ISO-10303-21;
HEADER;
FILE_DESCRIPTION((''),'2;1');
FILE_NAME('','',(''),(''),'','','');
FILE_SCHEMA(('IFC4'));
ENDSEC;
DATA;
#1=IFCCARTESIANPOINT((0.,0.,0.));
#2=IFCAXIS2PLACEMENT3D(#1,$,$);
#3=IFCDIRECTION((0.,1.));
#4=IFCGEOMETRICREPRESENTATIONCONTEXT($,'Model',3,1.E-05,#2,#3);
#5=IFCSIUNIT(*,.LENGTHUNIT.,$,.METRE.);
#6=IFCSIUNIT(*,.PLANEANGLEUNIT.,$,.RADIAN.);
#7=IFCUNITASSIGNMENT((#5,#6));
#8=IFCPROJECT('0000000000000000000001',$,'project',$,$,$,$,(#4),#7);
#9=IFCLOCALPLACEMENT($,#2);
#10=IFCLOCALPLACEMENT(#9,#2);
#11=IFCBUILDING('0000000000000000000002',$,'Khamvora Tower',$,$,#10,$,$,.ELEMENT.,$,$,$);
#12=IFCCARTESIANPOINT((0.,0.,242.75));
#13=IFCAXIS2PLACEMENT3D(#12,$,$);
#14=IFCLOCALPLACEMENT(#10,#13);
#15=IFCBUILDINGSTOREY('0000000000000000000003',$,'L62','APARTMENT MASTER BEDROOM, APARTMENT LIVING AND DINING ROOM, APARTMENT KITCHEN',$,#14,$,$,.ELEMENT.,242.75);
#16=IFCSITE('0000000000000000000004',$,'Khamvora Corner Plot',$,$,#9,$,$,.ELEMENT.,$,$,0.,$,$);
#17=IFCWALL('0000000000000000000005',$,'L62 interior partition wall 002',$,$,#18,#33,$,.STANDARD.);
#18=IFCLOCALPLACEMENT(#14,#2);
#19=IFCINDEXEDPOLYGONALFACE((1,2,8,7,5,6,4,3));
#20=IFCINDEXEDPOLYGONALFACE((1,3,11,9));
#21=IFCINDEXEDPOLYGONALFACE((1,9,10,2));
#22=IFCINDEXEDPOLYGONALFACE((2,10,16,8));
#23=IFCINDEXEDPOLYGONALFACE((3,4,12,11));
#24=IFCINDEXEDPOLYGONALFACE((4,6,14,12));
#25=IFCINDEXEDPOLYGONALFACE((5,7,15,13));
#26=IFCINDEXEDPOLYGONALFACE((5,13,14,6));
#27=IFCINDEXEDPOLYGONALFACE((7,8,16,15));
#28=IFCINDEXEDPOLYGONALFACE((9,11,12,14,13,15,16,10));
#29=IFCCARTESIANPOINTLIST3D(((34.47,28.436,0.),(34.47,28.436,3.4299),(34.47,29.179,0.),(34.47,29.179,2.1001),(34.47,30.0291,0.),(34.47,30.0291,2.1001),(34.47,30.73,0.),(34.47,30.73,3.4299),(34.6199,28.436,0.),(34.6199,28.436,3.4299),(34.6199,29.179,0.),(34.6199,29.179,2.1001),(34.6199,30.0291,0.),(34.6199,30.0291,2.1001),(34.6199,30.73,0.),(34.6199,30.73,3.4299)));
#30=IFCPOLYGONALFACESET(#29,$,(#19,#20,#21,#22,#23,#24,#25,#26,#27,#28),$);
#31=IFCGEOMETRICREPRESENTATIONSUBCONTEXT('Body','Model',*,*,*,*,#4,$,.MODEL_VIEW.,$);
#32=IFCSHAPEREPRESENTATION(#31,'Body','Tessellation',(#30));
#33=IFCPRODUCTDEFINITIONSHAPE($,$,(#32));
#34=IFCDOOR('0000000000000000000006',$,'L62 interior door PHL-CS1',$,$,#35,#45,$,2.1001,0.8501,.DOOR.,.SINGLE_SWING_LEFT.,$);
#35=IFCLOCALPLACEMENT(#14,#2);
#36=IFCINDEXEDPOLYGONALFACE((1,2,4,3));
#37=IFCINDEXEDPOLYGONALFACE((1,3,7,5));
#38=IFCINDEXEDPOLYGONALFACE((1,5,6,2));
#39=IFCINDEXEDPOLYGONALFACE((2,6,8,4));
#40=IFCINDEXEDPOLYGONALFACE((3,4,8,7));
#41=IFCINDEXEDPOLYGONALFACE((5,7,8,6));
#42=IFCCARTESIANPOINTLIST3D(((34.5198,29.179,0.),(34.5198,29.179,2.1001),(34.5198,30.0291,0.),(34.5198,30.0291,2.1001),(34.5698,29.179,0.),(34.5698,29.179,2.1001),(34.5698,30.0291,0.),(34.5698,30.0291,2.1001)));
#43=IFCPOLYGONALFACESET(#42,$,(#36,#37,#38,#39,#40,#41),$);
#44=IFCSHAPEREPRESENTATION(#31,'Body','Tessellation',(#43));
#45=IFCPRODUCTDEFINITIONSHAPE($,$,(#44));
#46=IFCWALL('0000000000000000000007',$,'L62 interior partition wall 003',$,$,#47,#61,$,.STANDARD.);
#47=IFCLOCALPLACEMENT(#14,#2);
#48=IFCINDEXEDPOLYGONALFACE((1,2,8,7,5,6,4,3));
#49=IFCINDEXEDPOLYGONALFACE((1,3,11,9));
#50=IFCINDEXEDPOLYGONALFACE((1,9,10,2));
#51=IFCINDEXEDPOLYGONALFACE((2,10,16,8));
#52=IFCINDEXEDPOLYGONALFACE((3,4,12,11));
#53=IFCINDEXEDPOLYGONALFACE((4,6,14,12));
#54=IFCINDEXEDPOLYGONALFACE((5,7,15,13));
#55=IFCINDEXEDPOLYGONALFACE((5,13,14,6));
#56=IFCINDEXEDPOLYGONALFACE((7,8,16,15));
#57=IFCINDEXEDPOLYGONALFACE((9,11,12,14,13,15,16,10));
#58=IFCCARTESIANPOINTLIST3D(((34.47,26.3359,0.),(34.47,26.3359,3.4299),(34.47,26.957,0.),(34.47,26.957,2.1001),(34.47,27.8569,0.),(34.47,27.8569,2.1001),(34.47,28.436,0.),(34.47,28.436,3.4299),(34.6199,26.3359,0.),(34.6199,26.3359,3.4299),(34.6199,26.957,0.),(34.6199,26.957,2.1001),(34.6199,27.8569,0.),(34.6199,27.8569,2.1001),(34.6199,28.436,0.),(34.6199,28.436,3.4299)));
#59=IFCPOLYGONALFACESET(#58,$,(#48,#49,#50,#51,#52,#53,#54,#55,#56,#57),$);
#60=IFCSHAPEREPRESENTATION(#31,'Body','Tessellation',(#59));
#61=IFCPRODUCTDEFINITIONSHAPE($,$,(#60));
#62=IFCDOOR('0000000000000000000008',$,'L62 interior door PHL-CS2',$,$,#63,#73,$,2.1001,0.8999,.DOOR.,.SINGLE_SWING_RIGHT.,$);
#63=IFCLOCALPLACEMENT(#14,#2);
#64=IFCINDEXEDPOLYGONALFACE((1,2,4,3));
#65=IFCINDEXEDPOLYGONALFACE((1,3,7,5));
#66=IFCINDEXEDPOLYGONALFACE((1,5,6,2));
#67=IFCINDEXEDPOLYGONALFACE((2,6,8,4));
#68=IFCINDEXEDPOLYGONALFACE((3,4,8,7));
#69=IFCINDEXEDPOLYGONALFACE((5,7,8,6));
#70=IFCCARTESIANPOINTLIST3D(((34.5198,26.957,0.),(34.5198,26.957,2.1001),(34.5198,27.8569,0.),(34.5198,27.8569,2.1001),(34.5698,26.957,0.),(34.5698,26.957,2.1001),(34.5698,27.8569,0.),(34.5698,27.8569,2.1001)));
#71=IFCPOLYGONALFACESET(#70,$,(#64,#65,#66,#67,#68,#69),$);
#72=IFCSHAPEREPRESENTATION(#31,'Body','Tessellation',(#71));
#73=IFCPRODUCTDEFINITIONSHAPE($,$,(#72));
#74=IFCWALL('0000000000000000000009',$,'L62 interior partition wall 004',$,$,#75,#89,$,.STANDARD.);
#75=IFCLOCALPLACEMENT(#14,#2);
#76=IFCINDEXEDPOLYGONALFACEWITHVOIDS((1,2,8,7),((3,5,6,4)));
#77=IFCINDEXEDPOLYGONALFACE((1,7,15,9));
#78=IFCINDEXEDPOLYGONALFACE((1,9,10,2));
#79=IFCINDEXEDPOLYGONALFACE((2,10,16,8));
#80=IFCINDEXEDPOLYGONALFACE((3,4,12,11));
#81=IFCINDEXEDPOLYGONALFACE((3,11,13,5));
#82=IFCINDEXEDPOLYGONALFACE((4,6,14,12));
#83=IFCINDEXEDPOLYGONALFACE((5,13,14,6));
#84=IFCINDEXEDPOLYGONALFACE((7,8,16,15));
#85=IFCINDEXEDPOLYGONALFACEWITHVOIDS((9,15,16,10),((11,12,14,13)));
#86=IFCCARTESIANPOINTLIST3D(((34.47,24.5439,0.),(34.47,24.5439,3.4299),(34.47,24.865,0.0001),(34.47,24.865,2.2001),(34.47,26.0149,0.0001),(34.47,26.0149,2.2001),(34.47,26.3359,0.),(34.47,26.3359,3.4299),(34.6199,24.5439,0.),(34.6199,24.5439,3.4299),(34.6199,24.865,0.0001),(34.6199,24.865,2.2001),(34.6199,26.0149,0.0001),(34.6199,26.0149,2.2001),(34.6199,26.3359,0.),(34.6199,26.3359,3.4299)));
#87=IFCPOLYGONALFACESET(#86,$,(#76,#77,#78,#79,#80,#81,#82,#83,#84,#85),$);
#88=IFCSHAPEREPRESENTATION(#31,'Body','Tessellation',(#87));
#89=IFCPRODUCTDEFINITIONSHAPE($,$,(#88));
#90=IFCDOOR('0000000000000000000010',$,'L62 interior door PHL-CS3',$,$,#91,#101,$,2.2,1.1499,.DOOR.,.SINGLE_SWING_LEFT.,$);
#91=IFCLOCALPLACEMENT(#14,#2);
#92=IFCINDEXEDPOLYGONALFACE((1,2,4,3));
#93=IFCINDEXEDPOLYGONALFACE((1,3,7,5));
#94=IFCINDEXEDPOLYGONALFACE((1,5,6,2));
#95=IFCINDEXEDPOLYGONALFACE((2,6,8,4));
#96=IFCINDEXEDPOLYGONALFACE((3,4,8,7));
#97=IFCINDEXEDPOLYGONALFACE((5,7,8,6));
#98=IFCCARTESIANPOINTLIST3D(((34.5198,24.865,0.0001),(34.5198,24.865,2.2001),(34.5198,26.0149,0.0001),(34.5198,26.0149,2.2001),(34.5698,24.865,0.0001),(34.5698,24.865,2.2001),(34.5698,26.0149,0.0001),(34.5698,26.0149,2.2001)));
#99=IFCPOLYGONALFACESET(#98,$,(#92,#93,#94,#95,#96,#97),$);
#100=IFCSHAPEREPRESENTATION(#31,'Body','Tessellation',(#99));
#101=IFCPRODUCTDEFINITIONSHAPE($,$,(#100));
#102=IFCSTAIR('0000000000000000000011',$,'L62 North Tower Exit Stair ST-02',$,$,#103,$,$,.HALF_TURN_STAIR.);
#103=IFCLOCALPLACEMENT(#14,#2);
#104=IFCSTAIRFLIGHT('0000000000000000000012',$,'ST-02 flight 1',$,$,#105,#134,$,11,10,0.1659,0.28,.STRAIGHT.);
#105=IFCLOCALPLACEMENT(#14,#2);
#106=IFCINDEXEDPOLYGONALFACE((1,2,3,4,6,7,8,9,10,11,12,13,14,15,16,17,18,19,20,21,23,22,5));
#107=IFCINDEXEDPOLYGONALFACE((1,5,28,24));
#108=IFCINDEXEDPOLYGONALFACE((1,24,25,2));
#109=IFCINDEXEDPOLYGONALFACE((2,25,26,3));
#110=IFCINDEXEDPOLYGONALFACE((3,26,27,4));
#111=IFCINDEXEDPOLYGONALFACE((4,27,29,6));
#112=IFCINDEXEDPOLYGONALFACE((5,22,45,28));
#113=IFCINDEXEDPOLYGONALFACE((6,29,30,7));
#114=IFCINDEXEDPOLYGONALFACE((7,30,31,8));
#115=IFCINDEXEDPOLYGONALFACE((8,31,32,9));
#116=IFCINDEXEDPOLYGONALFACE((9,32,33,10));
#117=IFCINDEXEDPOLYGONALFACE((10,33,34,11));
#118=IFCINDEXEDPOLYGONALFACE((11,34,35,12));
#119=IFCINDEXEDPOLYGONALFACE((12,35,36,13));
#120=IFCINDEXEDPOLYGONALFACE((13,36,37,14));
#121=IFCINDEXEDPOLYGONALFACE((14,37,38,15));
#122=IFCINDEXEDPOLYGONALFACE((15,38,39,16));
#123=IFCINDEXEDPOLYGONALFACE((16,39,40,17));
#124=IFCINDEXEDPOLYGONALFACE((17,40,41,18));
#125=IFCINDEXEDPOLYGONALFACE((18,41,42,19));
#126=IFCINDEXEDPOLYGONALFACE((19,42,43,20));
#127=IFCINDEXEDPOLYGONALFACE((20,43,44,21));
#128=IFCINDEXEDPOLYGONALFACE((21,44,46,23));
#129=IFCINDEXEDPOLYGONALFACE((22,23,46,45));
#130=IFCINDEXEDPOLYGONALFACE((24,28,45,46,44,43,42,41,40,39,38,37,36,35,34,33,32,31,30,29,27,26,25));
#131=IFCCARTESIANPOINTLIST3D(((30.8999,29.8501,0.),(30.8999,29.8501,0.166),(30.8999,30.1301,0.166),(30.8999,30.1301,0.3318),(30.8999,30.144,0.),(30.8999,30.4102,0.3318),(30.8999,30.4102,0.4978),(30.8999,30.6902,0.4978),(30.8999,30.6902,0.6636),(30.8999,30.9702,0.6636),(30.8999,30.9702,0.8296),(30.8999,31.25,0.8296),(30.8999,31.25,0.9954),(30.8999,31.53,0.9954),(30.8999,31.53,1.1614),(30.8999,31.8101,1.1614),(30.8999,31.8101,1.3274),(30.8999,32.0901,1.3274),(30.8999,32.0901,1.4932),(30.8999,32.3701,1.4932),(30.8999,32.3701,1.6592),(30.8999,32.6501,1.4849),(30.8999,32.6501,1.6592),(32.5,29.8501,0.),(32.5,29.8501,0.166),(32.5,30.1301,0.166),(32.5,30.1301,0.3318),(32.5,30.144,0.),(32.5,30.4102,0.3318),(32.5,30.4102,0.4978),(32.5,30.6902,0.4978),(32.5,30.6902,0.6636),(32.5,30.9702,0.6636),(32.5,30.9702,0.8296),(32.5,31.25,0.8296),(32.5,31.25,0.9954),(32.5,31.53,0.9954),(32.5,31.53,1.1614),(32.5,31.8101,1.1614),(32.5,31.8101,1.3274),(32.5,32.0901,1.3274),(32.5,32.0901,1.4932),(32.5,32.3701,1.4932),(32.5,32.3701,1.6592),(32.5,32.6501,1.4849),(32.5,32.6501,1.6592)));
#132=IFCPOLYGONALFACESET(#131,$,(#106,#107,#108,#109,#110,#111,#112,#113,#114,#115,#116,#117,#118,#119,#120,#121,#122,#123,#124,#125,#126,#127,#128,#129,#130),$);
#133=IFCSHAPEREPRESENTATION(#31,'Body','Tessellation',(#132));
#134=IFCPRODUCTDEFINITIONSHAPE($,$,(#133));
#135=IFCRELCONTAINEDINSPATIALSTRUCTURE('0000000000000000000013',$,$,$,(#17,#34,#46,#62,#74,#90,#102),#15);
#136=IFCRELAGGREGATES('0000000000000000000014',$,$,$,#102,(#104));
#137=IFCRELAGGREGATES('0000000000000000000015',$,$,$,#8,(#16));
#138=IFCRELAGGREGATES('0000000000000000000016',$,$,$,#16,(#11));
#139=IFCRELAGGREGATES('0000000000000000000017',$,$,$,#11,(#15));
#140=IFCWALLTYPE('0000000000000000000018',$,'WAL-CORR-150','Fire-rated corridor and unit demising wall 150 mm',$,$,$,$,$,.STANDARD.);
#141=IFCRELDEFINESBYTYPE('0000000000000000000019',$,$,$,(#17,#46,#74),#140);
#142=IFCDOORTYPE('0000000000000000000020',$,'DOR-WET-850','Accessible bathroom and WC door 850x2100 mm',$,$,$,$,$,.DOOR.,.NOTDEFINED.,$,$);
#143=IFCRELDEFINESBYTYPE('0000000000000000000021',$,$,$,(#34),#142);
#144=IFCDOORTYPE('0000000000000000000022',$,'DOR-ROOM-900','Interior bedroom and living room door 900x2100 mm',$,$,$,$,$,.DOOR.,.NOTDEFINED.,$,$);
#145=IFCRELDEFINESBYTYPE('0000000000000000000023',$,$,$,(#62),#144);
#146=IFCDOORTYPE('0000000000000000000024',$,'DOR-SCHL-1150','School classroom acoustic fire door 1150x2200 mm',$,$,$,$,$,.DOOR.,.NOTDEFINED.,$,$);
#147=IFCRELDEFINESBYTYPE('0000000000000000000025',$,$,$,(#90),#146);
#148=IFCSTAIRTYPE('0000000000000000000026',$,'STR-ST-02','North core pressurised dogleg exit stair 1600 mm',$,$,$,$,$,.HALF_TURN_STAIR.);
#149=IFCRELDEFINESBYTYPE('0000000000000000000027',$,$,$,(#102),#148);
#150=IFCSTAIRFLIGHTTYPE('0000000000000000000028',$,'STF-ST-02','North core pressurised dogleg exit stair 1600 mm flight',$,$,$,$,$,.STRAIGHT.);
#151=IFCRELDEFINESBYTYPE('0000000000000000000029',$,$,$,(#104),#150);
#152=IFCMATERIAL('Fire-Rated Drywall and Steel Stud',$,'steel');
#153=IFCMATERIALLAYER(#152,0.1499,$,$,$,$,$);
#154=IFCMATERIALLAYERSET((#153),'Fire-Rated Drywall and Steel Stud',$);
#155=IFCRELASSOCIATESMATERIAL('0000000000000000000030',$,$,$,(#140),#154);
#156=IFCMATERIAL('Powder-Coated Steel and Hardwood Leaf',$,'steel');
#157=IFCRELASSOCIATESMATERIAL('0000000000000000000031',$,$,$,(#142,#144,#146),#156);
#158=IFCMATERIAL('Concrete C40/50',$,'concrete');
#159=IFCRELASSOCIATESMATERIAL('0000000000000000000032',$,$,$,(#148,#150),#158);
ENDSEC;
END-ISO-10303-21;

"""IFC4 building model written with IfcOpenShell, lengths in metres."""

from ifc_helpers import new_model, si_unit, direction, frame, frame_2d, origin, place, context, subcontext, project, spatial, polyline, rectangle, outline, extrude, material, layer, layer_set, type_object, element, fill, aggregate, save


model = new_model("IFC4")

# Units and contexts
model_context = context("Model", 3, precision=1e-05, world=origin(), true_north=direction((0.0, 1.0)))
body_context = subcontext(model_context, "Body", "Model", "MODEL_VIEW")
ifc_project = project(units=[si_unit("LENGTHUNIT", "METRE"), si_unit("PLANEANGLEUNIT", "RADIAN")], contexts=[model_context])

# Site, building, storey
site_placement = place(None, origin())
site = spatial("IfcSite", under=ifc_project, at=site_placement, Name="Khamvora Corner Plot", CompositionType="ELEMENT", RefElevation=0.0)
building_placement = place(site_placement, origin())
building = spatial("IfcBuilding", under=site, at=building_placement, Name="Khamvora Tower", CompositionType="ELEMENT")
storey_placement = place(building_placement, frame((0.0, 0.0, 242.75)))
storey = spatial("IfcBuildingStorey", under=building, at=storey_placement, Name="L62", Description="APARTMENT MASTER BEDROOM, APARTMENT LIVING AND DINING ROOM, APARTMENT KITCHEN", CompositionType="ELEMENT", Elevation=242.75)

# Shared definitions
ifc_material_1 = material(Name="Powder-Coated Steel and Hardwood Leaf", Category="steel")

# Shared definitions
ifc_material_2 = material(Name="Fire-Rated Drywall and Steel Stud", Category="steel")
ifc_layer_1 = layer(ifc_material_2, 0.1499)
ifc_layer_set_1 = layer_set([ifc_layer_1], Name="Fire-Rated Drywall and Steel Stud")
wall_type_1 = type_object("IfcWallType", Name="WAL-CORR-150", Description="Fire-rated corridor and unit demising wall 150 mm", PredefinedType="STANDARD", material=ifc_layer_set_1)

# Walls, openings, doors
wall_1_placement = place(storey_placement, frame((34.5449, 30.73, 0.0), z_axis=(0.0, 0.0, 1.0), x_axis=(0.0, -1.0, 0.0)))
wall_1 = element("IfcWall", 1, at=wall_1_placement, inside=storey, type_object=wall_type_1, Name="L62 interior partition wall 002", PredefinedType="STANDARD", context=body_context, shape_type="SweptSolid", body=[
    extrude(rectangle(XDim=2.2939, YDim=0.1499, at=frame_2d((1.147, 0.0))), origin(), (0.0, 0.0, 1.0), 3.4299),
])
opening_1_placement = place(wall_1_placement, frame((0.7009, 0.0, 0.0)))
opening_1 = element("IfcOpeningElement", 2, at=opening_1_placement, cuts=wall_1, PredefinedType="OPENING", context=body_context, shape_type="SweptSolid", body=[
    extrude(rectangle(XDim=0.8501, YDim=2.1001, at=frame_2d((0.425, 1.05))), frame((0.0, 0.085, 0.0), z_axis=(0.0, -1.0, 0.0), x_axis=(1.0, 0.0, 0.0)), (0.0, 0.0, 1.0), 0.1699),
])
door_type_1 = type_object("IfcDoorType", Name="DOR-WET-850", Description="Accessible bathroom and WC door 850x2100 mm", OperationType="NOTDEFINED", PredefinedType="DOOR", material=ifc_material_1)
door_1_placement = place(opening_1_placement, origin())
door_1 = element("IfcDoor", 3, at=door_1_placement, inside=storey, type_object=door_type_1, Name="L62 interior door PHL-CS1", OperationType="SINGLE_SWING_LEFT", OverallHeight=2.1001, OverallWidth=0.8501, PredefinedType="DOOR", context=body_context, shape_type="SweptSolid", body=[
    extrude(rectangle(XDim=0.8501, YDim=2.1001, at=frame_2d((0.425, 1.05))), frame((0.0, 0.0249, 0.0), z_axis=(0.0, -1.0, 0.0), x_axis=(1.0, 0.0, 0.0)), (0.0, 0.0, 1.0), 0.05),
])
fill(opening_1, door_1)
wall_2_placement = place(storey_placement, frame((34.5449, 28.436, 0.0), z_axis=(0.0, 0.0, 1.0), x_axis=(0.0, -1.0, 0.0)))
wall_2 = element("IfcWall", 4, at=wall_2_placement, inside=storey, type_object=wall_type_1, Name="L62 interior partition wall 003", PredefinedType="STANDARD", context=body_context, shape_type="SweptSolid", body=[
    extrude(rectangle(XDim=2.1001, YDim=0.1499, at=frame_2d((1.05, 0.0))), origin(), (0.0, 0.0, 1.0), 3.4299),
])
opening_2_placement = place(wall_2_placement, frame((0.5791, 0.0, 0.0)))
opening_2 = element("IfcOpeningElement", 5, at=opening_2_placement, cuts=wall_2, PredefinedType="OPENING", context=body_context, shape_type="SweptSolid", body=[
    extrude(rectangle(XDim=0.8999, YDim=2.1001, at=frame_2d((0.45, 1.05))), frame((0.0, 0.085, 0.0), z_axis=(0.0, -1.0, 0.0), x_axis=(1.0, 0.0, 0.0)), (0.0, 0.0, 1.0), 0.1699),
])
door_type_2 = type_object("IfcDoorType", Name="DOR-ROOM-900", Description="Interior bedroom and living room door 900x2100 mm", OperationType="NOTDEFINED", PredefinedType="DOOR", material=ifc_material_1)
door_2_placement = place(opening_2_placement, origin())
door_2 = element("IfcDoor", 6, at=door_2_placement, inside=storey, type_object=door_type_2, Name="L62 interior door PHL-CS2", OperationType="SINGLE_SWING_RIGHT", OverallHeight=2.1001, OverallWidth=0.8999, PredefinedType="DOOR", context=body_context, shape_type="SweptSolid", body=[
    extrude(rectangle(XDim=0.8999, YDim=2.1001, at=frame_2d((0.45, 1.05))), frame((0.0, 0.0249, 0.0), z_axis=(0.0, -1.0, 0.0), x_axis=(1.0, 0.0, 0.0)), (0.0, 0.0, 1.0), 0.05),
])
fill(opening_2, door_2)
wall_3_placement = place(storey_placement, frame((34.5449, 26.3359, 0.0), z_axis=(0.0, 0.0, 1.0), x_axis=(0.0, -1.0, 0.0)))
wall_3 = element("IfcWall", 7, at=wall_3_placement, inside=storey, type_object=wall_type_1, Name="L62 interior partition wall 004", PredefinedType="STANDARD", context=body_context, shape_type="SweptSolid", body=[
    extrude(rectangle(XDim=1.792, YDim=0.1499, at=frame_2d((0.896, 0.0))), origin(), (0.0, 0.0, 1.0), 3.4299),
])
opening_3_placement = place(wall_3_placement, frame((0.321, 0.0, 0.0)))
opening_3 = element("IfcOpeningElement", 8, at=opening_3_placement, cuts=wall_3, PredefinedType="OPENING", context=body_context, shape_type="SweptSolid", body=[
    extrude(rectangle(XDim=1.1499, YDim=2.2, at=frame_2d((0.575, 1.1001))), frame((0.0, 0.085, 0.0), z_axis=(0.0, -1.0, 0.0), x_axis=(1.0, 0.0, 0.0)), (0.0, 0.0, 1.0), 0.1699),
])
door_type_3 = type_object("IfcDoorType", Name="DOR-SCHL-1150", Description="School classroom acoustic fire door 1150x2200 mm", OperationType="NOTDEFINED", PredefinedType="DOOR", material=ifc_material_1)
door_3_placement = place(opening_3_placement, origin())
door_3 = element("IfcDoor", 9, at=door_3_placement, inside=storey, type_object=door_type_3, Name="L62 interior door PHL-CS3", OperationType="SINGLE_SWING_LEFT", OverallHeight=2.2, OverallWidth=1.1499, PredefinedType="DOOR", context=body_context, shape_type="SweptSolid", body=[
    extrude(rectangle(XDim=1.1499, YDim=2.2, at=frame_2d((0.575, 1.1001))), frame((0.0, 0.0249, 0.0), z_axis=(0.0, -1.0, 0.0), x_axis=(1.0, 0.0, 0.0)), (0.0, 0.0, 1.0), 0.05),
])
fill(opening_3, door_3)

# Stair, stair flight
ifc_material_3 = material(Name="Concrete C40/50", Category="concrete")
stair_type = type_object("IfcStairType", Name="STR-ST-02", Description="North core pressurised dogleg exit stair 1600 mm", PredefinedType="HALF_TURN_STAIR", material=ifc_material_3)
stair_placement = place(storey_placement, origin())
stair = element("IfcStair", 10, at=stair_placement, inside=storey, type_object=stair_type, Name="L62 North Tower Exit Stair ST-02", PredefinedType="HALF_TURN_STAIR")
stair_flight_type = type_object("IfcStairFlightType", Name="STF-ST-02", Description="North core pressurised dogleg exit stair 1600 mm flight", PredefinedType="STRAIGHT", material=ifc_material_3)
stair_flight_placement = place(storey_placement, frame((31.7, 29.8501, 0.0), z_axis=(0.0, 0.0, 1.0), x_axis=(0.0, 1.0, 0.0)))
stair_flight = element("IfcStairFlight", 11, at=stair_flight_placement, type_object=stair_flight_type, Name="ST-02 flight 1", NumberOfRisers=11, NumberOfTreads=10, PredefinedType="STRAIGHT", RiserHeight=0.1659, TreadLength=0.28, context=body_context, shape_type="SweptSolid", body=[
    extrude(outline(polyline([(0.0, 0.0), (0.0, 0.166), (0.28, 0.166), (0.28, 0.3318), (0.5601, 0.3318), (0.5601, 0.4978), (0.8401, 0.4978), (0.8401, 0.6636), (1.1201, 0.6636), (1.1201, 0.8296), (1.3999, 0.8296), (1.3999, 0.9954), (1.6799, 0.9954), (1.6799, 1.1614), (1.96, 1.1614), (1.96, 1.3274), (2.24, 1.3274), (2.24, 1.4932), (2.52, 1.4932), (2.52, 1.6592), (2.8, 1.6592), (2.8, 1.825), (2.8, 1.4849), (0.2939, 0.0), (0.0, 0.0)])), frame((0.0, 0.8, 0.0), z_axis=(0.0, -1.0, 0.0), x_axis=(1.0, 0.0, 0.0)), (0.0, 0.0, 1.0), 1.6001),
])
aggregate(stair, [stair_flight])

save(model, "model.ifc")
